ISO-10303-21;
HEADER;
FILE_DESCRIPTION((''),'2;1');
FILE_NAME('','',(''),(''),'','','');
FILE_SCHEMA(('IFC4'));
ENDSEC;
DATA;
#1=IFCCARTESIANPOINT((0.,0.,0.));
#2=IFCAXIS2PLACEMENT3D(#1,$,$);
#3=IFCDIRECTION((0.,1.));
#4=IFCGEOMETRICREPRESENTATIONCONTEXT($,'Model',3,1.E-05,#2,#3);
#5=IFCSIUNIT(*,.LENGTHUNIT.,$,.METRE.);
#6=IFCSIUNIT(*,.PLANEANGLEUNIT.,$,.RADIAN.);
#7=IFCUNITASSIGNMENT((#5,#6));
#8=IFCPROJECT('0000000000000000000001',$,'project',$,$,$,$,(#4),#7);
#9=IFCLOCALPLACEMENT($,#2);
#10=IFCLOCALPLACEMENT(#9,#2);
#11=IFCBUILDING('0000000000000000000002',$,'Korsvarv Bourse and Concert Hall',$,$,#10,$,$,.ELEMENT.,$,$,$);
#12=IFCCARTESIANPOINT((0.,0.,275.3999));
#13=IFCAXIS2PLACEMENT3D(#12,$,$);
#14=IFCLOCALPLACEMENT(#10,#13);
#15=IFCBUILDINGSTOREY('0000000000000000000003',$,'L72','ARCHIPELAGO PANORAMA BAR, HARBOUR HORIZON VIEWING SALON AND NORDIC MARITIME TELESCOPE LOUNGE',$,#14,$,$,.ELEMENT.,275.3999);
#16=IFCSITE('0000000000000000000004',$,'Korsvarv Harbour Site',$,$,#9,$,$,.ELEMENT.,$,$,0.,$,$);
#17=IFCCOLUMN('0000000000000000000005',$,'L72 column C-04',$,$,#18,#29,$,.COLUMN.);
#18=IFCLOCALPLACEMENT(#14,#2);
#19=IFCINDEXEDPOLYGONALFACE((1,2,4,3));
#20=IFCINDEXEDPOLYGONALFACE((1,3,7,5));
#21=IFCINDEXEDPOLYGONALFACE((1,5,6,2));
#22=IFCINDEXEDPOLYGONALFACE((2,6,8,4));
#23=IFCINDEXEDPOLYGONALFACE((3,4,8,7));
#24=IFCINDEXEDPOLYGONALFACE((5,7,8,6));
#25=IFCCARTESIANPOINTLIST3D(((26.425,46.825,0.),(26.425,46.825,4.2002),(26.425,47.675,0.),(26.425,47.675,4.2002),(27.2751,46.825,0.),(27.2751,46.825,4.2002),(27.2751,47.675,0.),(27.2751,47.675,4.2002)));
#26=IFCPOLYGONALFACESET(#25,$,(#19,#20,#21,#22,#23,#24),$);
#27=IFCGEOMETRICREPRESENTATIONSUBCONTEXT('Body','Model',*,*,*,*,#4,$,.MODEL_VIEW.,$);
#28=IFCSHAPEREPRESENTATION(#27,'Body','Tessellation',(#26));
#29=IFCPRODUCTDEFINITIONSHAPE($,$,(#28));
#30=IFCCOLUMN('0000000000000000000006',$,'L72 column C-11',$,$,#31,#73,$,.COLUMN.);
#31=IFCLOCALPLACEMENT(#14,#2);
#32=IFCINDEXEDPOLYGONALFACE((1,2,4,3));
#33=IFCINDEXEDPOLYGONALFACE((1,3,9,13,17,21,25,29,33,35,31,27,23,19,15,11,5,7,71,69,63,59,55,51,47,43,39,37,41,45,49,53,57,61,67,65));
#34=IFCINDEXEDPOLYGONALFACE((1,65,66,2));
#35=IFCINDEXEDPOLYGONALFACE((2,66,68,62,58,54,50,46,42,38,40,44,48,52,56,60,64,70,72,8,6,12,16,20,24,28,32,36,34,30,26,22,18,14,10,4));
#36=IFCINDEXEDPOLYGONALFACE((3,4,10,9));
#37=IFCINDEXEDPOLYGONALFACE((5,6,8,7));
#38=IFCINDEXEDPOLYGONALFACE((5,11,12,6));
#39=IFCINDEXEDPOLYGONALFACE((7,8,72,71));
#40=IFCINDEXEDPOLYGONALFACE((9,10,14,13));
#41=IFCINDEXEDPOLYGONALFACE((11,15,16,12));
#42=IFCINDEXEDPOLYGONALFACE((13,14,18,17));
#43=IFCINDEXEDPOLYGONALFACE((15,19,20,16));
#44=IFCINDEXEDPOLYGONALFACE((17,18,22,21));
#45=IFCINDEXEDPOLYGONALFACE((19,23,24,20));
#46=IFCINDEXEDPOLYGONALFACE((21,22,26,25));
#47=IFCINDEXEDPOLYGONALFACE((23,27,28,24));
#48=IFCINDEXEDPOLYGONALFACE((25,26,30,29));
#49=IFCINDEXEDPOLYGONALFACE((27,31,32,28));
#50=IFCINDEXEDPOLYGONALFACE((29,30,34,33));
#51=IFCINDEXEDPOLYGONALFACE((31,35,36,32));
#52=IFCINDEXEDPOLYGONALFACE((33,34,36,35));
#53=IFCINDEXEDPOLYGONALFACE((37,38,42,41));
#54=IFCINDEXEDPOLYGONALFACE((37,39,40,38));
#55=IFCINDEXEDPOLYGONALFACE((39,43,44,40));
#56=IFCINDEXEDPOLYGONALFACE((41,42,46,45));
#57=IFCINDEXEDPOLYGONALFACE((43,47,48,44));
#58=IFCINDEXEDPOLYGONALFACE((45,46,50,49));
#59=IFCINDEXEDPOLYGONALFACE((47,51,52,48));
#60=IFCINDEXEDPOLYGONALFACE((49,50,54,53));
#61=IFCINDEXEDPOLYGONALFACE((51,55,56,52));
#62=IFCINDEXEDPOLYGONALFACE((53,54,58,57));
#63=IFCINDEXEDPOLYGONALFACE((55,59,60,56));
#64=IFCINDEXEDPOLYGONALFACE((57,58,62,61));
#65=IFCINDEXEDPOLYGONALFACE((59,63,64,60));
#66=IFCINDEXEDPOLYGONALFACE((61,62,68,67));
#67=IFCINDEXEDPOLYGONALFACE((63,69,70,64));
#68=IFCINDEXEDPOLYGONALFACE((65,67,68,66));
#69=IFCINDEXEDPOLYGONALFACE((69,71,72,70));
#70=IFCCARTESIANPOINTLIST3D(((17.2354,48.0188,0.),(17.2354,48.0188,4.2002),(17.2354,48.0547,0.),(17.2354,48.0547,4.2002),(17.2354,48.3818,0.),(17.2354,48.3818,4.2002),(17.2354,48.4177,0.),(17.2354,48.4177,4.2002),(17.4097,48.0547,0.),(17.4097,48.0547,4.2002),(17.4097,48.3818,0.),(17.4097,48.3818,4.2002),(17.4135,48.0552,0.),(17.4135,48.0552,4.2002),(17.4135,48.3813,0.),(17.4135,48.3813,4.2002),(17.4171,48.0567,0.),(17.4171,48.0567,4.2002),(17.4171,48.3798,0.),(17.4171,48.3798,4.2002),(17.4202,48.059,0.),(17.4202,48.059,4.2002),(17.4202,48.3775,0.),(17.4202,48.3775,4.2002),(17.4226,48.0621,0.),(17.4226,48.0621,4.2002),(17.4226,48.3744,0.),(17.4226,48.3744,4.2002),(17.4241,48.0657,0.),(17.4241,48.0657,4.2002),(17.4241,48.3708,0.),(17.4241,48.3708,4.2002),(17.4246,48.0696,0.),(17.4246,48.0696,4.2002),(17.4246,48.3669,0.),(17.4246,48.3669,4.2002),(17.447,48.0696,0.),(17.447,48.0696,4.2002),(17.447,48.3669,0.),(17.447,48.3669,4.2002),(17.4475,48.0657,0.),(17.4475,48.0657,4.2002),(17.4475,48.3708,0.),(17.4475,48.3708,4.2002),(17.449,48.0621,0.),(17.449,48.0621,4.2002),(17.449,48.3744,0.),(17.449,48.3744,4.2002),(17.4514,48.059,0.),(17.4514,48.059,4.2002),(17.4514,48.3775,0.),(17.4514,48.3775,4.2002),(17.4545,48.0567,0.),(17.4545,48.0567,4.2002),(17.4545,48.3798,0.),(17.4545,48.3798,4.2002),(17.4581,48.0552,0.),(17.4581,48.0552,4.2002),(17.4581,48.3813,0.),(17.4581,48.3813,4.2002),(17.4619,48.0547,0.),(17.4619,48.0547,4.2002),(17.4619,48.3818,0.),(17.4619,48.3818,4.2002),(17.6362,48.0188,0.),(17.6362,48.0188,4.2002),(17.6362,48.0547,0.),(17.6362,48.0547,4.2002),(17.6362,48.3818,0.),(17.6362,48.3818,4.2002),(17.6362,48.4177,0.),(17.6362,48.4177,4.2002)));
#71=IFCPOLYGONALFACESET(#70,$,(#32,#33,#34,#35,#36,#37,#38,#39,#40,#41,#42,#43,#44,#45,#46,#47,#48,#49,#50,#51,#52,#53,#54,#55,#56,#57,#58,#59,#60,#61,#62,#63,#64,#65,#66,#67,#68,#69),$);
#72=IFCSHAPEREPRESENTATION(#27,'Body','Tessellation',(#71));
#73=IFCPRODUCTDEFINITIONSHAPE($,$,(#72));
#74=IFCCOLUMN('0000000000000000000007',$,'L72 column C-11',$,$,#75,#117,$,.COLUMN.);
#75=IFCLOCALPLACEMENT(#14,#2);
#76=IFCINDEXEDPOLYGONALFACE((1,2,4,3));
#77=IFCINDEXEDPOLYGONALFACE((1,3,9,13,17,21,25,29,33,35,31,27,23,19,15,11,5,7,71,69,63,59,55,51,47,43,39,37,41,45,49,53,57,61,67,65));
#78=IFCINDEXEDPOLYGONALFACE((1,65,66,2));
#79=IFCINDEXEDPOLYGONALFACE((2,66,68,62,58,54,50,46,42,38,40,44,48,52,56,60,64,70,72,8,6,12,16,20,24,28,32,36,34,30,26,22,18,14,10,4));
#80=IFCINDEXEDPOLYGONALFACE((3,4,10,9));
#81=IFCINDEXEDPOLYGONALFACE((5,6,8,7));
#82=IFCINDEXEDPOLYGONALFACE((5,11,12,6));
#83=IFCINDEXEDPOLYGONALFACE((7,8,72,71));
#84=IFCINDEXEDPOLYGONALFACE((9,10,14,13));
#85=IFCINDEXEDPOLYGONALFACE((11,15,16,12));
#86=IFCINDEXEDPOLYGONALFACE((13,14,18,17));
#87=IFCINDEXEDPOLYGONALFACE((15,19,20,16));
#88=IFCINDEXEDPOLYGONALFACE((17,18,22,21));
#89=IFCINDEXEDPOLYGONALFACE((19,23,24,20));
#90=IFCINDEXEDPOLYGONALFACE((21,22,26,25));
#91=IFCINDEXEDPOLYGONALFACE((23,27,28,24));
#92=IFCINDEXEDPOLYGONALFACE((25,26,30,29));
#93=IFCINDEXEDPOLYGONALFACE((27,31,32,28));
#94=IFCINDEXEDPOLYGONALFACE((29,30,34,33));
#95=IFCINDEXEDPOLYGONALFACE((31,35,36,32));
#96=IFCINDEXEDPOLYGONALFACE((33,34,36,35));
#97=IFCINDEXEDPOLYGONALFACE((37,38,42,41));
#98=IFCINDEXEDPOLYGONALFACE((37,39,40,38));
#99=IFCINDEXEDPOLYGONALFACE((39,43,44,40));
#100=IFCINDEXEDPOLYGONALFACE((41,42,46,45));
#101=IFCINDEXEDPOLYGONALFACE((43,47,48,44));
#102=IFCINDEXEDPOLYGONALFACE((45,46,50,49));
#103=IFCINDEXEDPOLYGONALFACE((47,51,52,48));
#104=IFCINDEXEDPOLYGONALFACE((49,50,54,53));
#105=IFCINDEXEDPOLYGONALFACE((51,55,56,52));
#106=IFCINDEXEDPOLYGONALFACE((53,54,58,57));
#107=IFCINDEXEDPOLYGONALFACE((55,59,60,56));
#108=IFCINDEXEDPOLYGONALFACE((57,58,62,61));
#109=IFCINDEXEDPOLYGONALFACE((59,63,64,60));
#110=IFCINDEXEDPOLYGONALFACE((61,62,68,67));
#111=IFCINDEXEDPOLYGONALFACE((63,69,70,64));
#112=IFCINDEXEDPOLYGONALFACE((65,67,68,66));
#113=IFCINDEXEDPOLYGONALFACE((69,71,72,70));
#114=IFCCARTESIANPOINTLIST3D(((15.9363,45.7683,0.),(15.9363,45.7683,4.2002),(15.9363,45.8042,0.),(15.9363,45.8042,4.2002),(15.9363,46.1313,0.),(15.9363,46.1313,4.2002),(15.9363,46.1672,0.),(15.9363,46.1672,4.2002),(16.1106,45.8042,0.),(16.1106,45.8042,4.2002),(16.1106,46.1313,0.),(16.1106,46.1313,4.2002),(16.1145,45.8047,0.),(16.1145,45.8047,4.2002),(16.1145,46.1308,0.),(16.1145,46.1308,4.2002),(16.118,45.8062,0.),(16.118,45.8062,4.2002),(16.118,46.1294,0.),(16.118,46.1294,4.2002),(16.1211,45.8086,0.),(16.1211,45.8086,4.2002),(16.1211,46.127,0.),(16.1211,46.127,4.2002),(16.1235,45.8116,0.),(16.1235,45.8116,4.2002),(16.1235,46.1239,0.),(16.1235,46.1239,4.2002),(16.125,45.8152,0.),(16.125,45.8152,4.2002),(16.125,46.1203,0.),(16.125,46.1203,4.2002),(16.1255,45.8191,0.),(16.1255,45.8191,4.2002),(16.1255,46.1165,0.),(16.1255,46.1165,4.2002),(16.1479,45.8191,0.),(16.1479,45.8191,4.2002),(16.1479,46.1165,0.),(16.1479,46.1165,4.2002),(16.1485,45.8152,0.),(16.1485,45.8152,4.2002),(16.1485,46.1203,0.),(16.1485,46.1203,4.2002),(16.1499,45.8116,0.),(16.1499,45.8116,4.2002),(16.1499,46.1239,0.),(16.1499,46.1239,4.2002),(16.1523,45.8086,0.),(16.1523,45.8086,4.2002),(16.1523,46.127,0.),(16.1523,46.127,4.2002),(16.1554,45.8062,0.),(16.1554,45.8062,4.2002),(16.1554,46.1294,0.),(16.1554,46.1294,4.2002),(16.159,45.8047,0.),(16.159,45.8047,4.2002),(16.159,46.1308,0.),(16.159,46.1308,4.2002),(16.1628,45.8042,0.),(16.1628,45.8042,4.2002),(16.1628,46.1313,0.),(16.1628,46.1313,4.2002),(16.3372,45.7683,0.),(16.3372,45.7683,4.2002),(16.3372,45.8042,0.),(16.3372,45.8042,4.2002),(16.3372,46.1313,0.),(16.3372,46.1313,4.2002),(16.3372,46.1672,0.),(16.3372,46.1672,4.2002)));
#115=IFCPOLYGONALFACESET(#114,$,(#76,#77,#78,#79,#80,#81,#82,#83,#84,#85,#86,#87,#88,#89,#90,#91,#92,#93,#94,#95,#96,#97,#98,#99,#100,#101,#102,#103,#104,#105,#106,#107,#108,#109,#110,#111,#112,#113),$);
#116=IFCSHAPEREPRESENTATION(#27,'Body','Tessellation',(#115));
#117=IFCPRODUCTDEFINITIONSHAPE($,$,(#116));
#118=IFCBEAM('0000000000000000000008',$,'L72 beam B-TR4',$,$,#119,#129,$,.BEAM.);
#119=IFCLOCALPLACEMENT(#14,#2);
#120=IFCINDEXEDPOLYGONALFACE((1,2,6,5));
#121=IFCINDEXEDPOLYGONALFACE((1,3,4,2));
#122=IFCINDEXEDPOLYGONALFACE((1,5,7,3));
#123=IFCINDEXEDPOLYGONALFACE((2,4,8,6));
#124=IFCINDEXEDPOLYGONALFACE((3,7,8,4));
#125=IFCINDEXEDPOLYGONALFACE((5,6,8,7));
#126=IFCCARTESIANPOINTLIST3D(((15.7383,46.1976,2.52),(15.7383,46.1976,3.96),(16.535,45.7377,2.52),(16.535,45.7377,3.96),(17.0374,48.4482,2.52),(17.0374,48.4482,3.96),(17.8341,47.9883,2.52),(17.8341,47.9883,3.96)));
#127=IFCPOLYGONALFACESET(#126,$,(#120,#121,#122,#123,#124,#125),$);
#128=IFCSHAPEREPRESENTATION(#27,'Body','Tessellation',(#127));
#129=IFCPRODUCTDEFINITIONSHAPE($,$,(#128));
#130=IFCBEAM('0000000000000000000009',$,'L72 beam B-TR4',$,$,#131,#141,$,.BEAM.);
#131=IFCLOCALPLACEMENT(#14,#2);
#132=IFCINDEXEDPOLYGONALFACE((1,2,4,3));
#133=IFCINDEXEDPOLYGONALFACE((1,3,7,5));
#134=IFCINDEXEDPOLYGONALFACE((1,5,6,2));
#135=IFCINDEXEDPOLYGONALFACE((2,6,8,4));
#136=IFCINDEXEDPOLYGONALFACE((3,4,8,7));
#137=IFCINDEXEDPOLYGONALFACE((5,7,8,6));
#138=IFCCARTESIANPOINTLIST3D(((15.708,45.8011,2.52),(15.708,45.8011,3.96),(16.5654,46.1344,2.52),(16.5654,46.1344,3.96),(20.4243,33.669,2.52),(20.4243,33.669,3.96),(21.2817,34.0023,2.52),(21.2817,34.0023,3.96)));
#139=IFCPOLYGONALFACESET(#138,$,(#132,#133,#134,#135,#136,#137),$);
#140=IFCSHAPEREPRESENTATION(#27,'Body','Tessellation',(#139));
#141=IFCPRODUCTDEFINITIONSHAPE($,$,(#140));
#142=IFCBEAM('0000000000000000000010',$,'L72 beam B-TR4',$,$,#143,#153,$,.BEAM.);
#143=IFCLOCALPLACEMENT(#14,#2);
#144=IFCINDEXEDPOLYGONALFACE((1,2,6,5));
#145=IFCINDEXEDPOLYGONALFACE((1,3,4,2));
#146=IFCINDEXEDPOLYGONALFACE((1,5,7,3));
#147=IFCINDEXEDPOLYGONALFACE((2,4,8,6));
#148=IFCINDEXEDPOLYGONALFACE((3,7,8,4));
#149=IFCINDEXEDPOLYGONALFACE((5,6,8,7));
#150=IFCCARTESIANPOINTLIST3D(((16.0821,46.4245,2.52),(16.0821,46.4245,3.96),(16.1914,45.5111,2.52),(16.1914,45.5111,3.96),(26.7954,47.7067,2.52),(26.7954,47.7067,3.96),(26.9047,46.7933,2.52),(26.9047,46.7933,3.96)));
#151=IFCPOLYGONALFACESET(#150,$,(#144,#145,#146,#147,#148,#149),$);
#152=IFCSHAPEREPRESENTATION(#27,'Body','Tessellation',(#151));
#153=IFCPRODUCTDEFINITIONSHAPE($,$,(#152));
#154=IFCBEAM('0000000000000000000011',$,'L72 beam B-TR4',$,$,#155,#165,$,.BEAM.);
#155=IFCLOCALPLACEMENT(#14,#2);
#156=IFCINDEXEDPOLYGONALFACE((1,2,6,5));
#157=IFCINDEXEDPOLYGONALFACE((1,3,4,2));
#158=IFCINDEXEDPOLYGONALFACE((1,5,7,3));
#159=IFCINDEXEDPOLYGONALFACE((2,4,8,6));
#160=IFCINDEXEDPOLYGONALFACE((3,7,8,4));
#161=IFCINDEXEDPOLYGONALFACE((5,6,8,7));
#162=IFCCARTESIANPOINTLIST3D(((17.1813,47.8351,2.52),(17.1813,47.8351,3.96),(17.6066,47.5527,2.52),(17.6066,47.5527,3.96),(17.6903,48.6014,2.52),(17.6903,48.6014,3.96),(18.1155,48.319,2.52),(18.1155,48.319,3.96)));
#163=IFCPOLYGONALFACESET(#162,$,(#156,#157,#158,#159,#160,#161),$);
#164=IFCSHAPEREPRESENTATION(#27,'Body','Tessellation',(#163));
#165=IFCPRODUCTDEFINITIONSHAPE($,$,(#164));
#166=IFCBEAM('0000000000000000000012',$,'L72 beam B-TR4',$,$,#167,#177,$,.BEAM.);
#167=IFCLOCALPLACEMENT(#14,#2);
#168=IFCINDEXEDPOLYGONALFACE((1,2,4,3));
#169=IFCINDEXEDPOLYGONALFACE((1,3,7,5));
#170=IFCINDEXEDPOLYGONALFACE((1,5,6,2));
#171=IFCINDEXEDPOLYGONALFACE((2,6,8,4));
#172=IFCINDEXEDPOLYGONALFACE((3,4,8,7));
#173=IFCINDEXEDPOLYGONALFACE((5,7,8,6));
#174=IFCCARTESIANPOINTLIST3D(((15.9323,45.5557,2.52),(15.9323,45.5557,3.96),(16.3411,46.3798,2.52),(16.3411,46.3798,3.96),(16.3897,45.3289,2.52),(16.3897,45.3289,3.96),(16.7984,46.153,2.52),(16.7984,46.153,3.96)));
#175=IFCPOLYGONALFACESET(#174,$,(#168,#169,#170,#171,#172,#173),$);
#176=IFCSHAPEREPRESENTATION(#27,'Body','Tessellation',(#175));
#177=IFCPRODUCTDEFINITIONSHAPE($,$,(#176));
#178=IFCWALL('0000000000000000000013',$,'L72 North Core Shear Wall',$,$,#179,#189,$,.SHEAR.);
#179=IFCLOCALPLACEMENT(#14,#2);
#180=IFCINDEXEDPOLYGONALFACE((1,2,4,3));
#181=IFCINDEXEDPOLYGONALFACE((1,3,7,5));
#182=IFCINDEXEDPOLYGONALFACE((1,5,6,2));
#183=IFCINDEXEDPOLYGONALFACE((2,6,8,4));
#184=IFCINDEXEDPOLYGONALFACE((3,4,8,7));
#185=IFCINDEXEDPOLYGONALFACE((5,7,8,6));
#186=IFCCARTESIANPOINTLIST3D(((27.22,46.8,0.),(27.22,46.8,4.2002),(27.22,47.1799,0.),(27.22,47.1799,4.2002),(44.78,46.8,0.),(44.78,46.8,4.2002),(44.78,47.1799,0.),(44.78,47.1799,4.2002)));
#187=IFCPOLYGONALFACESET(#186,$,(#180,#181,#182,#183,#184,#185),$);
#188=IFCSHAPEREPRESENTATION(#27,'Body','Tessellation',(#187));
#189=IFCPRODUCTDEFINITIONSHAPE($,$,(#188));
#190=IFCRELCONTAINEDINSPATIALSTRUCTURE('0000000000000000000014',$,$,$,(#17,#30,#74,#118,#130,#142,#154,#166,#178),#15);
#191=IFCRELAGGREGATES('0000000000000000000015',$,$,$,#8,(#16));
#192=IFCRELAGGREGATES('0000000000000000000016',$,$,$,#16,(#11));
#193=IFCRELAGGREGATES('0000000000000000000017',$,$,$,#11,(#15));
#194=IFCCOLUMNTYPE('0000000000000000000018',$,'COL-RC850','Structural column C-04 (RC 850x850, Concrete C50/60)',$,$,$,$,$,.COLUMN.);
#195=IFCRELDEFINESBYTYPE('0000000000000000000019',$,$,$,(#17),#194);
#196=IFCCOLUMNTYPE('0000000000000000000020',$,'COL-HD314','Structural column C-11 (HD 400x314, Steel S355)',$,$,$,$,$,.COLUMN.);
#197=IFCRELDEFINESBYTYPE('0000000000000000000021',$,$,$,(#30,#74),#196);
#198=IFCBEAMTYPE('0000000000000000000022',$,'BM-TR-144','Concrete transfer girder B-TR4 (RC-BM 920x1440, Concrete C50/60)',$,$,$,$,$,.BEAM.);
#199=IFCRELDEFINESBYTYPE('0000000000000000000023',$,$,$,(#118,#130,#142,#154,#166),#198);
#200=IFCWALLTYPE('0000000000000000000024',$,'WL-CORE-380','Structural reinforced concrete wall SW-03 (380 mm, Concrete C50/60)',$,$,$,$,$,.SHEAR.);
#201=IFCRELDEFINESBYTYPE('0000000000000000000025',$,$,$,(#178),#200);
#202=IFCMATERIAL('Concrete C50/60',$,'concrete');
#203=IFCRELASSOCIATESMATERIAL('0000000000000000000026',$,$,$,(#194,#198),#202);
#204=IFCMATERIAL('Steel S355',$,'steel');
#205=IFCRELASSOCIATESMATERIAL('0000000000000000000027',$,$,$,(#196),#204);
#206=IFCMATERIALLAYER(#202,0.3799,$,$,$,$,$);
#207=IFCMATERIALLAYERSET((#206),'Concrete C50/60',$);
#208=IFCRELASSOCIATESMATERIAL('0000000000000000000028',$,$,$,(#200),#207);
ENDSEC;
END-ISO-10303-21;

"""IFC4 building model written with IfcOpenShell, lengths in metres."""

from ifc_helpers import new_model, si_unit, direction, frame, frame_2d, origin, origin_2d, place, context, subcontext, project, spatial, rectangle, i_section, extrude, source, transform, mapped, material, layer, layer_set, material_profile, profile_set, type_object, element, save


model = new_model("IFC4")

# Units and contexts
model_context = context("Model", 3, precision=1e-05, world=origin(), true_north=direction((0.0, 1.0)))
body_context = subcontext(model_context, "Body", "Model", "MODEL_VIEW")
ifc_project = project(units=[si_unit("LENGTHUNIT", "METRE"), si_unit("PLANEANGLEUNIT", "RADIAN")], contexts=[model_context])

# Site, building, storey
site_placement = place(None, origin())
site = spatial("IfcSite", under=ifc_project, at=site_placement, Name="Korsvarv Harbour Site", CompositionType="ELEMENT", RefElevation=0.0)
building_placement = place(site_placement, origin())
building = spatial("IfcBuilding", under=site, at=building_placement, Name="Korsvarv Bourse and Concert Hall", CompositionType="ELEMENT")
storey_placement = place(building_placement, frame((0.0, 0.0, 275.3999)))
storey = spatial("IfcBuildingStorey", under=building, at=storey_placement, Name="L72", Description="ARCHIPELAGO PANORAMA BAR, HARBOUR HORIZON VIEWING SALON AND NORDIC MARITIME TELESCOPE LOUNGE", CompositionType="ELEMENT", Elevation=275.3999)

# Columns
ifc_material_1 = material(Name="Concrete C50/60", Category="concrete")
ifc_material_profile_1 = material_profile(ifc_material_1, rectangle(XDim=0.8501, YDim=0.8501, at=origin_2d()), Name="RC 850x850")
ifc_profile_set_1 = profile_set([ifc_material_profile_1], Name="Concrete C50/60")
column_type_1 = type_object("IfcColumnType", Name="COL-RC850", Description="Structural column C-04 (RC 850x850, Concrete C50/60)", PredefinedType="COLUMN", material=ifc_profile_set_1)
shared_shape_1 = source(origin(), body_context, "Body", "SweptSolid", [
    extrude(rectangle(XDim=0.8501, YDim=0.8501, at=origin_2d()), origin(), (0.0, 0.0, 1.0), 4.2002),
])
column_placement = place(storey_placement, frame((26.8501, 47.25, 0.0), z_axis=(0.0, 0.0, 1.0), x_axis=(1.0, 0.0, 0.0)))
element("IfcColumn", 1, at=column_placement, inside=storey, type_object=column_type_1, Name="L72 column C-04", PredefinedType="COLUMN", context=body_context, shape_type="MappedRepresentation", body=[
    mapped(shared_shape_1, transform((0.0, 0.0, 0.0), scale=1.0)),
])
ifc_material_2 = material(Name="Steel S355", Category="steel")
ifc_material_profile_2 = material_profile(ifc_material_2, i_section(OverallWidth=0.4009, OverallDepth=0.3989, WebThickness=0.0225, FlangeThickness=0.0359, FilletRadius=0.0149, at=origin_2d()), Name="HD 400x314")
ifc_profile_set_2 = profile_set([ifc_material_profile_2], Name="Steel S355")
column_type_2 = type_object("IfcColumnType", Name="COL-HD314", Description="Structural column C-11 (HD 400x314, Steel S355)", PredefinedType="COLUMN", material=ifc_profile_set_2)
shared_shape_2 = source(origin(), body_context, "Body", "SweptSolid", [
    extrude(i_section(OverallWidth=0.4009, OverallDepth=0.3989, WebThickness=0.0225, FlangeThickness=0.0359, FilletRadius=0.0149, at=origin_2d()), origin(), (0.0, 0.0, 1.0), 4.2002),
])
for number, where, z_axis, x_axis, name in (
    (2, (17.4358, 48.2183, 0.0), (0.0, 0.0, 1.0), (1.0, 0.0, 0.0), "L72 column C-11"),
    (3, (16.1367, 45.9678, 0.0), (0.0, 0.0, 1.0), (1.0, 0.0, 0.0), "L72 column C-11"),
):
    element("IfcColumn", number, at=place(storey_placement, frame(where, z_axis=z_axis, x_axis=x_axis)), inside=storey, type_object=column_type_2, Name=name, PredefinedType="COLUMN", context=body_context, shape_type="MappedRepresentation", body=[
        mapped(shared_shape_2, transform((0.0, 0.0, 0.0), scale=1.0)),
    ])

# Beams
ifc_material_profile_3 = material_profile(ifc_material_1, rectangle(XDim=0.9199, YDim=1.4399, at=origin_2d()), Name="RC-BM 920x1440")
ifc_profile_set_3 = profile_set([ifc_material_profile_3], Name="Concrete C50/60")
beam_type = type_object("IfcBeamType", Name="BM-TR-144", Description="Concrete transfer girder B-TR4 (RC-BM 920x1440, Concrete C50/60)", PredefinedType="BEAM", material=ifc_profile_set_3)
shared_shape_3 = source(origin(), body_context, "Body", "SweptSolid", [
    extrude(rectangle(XDim=0.9199, YDim=1.4399, at=origin_2d()), origin(), (0.0, 0.0, 1.0), 2.5986),
])
beam_1_placement = place(storey_placement, frame((17.4358, 48.2183, 3.24), z_axis=(-0.499928, -0.866067, 0.0), x_axis=(0.866067, -0.499928, 0.0)))
element("IfcBeam", 4, at=beam_1_placement, inside=storey, type_object=beam_type, Name="L72 beam B-TR4", PredefinedType="BEAM", context=body_context, shape_type="MappedRepresentation", body=[
    mapped(shared_shape_3, transform((0.0, 0.0, 0.0), scale=1.0)),
])
shared_shape_4 = source(origin(), body_context, "Body", "SweptSolid", [
    extrude(rectangle(XDim=0.9199, YDim=1.4399, at=origin_2d()), origin(), (0.0, 0.0, 1.0), 13.0166),
])
beam_2_placement = place(storey_placement, frame((16.1367, 45.9678, 3.24), z_axis=(0.362331, -0.932049, 0.0), x_axis=(0.932049, 0.362331, 0.0)))
element("IfcBeam", 5, at=beam_2_placement, inside=storey, type_object=beam_type, Name="L72 beam B-TR4", PredefinedType="BEAM", context=body_context, shape_type="MappedRepresentation", body=[
    mapped(shared_shape_4, transform((0.0, 0.0, 0.0), scale=1.0)),
])
shared_shape_5 = source(origin(), body_context, "Body", "SweptSolid", [
    extrude(rectangle(XDim=0.9199, YDim=1.4399, at=origin_2d()), origin(), (0.0, 0.0, 1.0), 10.7898),
])
beam_3_placement = place(storey_placement, frame((16.1367, 45.9678, 3.24), z_axis=(0.992914, 0.118837, 0.0), x_axis=(-0.118837, 0.992914, 0.0)))
element("IfcBeam", 6, at=beam_3_placement, inside=storey, type_object=beam_type, Name="L72 beam B-TR4", PredefinedType="BEAM", context=body_context, shape_type="MappedRepresentation", body=[
    mapped(shared_shape_5, transform((0.0, 0.0, 0.0), scale=1.0)),
])
shared_shape_6 = source(origin(), body_context, "Body", "SweptSolid", [
    extrude(rectangle(XDim=0.9199, YDim=1.4399, at=origin_2d()), origin(), (0.0, 0.0, 1.0), 0.5105),
])
for number, where, z_axis, x_axis, name in (
    (7, (17.4358, 48.2183, 3.24), (0.833005, -0.553265, 0.0), (0.553265, 0.833005, 0.0), "L72 beam B-TR4"),
    (8, (16.1367, 45.9678, 3.24), (0.895857, -0.444341, 0.0), (0.444341, 0.895857, 0.0), "L72 beam B-TR4"),
):
    element("IfcBeam", number, at=place(storey_placement, frame(where, z_axis=z_axis, x_axis=x_axis)), inside=storey, type_object=beam_type, Name=name, PredefinedType="BEAM", context=body_context, shape_type="MappedRepresentation", body=[
        mapped(shared_shape_6, transform((0.0, 0.0, 0.0), scale=1.0)),
    ])

# Wall
ifc_layer_1 = layer(ifc_material_1, 0.3799)
ifc_layer_set_1 = layer_set([ifc_layer_1], Name="Concrete C50/60")
wall_type_1 = type_object("IfcWallType", Name="WL-CORE-380", Description="Structural reinforced concrete wall SW-03 (380 mm, Concrete C50/60)", PredefinedType="SHEAR", material=ifc_layer_set_1)
wall_1_placement = place(storey_placement, frame((27.22, 46.99, 0.0), z_axis=(0.0, 0.0, 1.0), x_axis=(1.0, 0.0, 0.0)))
element("IfcWall", 9, at=wall_1_placement, inside=storey, type_object=wall_type_1, Name="L72 North Core Shear Wall", PredefinedType="SHEAR", context=body_context, shape_type="SweptSolid", body=[
    extrude(rectangle(XDim=17.5601, YDim=0.3799, at=frame_2d((8.78, 0.0))), origin(), (0.0, 0.0, 1.0), 4.2002),
])

save(model, "model.ifc")
